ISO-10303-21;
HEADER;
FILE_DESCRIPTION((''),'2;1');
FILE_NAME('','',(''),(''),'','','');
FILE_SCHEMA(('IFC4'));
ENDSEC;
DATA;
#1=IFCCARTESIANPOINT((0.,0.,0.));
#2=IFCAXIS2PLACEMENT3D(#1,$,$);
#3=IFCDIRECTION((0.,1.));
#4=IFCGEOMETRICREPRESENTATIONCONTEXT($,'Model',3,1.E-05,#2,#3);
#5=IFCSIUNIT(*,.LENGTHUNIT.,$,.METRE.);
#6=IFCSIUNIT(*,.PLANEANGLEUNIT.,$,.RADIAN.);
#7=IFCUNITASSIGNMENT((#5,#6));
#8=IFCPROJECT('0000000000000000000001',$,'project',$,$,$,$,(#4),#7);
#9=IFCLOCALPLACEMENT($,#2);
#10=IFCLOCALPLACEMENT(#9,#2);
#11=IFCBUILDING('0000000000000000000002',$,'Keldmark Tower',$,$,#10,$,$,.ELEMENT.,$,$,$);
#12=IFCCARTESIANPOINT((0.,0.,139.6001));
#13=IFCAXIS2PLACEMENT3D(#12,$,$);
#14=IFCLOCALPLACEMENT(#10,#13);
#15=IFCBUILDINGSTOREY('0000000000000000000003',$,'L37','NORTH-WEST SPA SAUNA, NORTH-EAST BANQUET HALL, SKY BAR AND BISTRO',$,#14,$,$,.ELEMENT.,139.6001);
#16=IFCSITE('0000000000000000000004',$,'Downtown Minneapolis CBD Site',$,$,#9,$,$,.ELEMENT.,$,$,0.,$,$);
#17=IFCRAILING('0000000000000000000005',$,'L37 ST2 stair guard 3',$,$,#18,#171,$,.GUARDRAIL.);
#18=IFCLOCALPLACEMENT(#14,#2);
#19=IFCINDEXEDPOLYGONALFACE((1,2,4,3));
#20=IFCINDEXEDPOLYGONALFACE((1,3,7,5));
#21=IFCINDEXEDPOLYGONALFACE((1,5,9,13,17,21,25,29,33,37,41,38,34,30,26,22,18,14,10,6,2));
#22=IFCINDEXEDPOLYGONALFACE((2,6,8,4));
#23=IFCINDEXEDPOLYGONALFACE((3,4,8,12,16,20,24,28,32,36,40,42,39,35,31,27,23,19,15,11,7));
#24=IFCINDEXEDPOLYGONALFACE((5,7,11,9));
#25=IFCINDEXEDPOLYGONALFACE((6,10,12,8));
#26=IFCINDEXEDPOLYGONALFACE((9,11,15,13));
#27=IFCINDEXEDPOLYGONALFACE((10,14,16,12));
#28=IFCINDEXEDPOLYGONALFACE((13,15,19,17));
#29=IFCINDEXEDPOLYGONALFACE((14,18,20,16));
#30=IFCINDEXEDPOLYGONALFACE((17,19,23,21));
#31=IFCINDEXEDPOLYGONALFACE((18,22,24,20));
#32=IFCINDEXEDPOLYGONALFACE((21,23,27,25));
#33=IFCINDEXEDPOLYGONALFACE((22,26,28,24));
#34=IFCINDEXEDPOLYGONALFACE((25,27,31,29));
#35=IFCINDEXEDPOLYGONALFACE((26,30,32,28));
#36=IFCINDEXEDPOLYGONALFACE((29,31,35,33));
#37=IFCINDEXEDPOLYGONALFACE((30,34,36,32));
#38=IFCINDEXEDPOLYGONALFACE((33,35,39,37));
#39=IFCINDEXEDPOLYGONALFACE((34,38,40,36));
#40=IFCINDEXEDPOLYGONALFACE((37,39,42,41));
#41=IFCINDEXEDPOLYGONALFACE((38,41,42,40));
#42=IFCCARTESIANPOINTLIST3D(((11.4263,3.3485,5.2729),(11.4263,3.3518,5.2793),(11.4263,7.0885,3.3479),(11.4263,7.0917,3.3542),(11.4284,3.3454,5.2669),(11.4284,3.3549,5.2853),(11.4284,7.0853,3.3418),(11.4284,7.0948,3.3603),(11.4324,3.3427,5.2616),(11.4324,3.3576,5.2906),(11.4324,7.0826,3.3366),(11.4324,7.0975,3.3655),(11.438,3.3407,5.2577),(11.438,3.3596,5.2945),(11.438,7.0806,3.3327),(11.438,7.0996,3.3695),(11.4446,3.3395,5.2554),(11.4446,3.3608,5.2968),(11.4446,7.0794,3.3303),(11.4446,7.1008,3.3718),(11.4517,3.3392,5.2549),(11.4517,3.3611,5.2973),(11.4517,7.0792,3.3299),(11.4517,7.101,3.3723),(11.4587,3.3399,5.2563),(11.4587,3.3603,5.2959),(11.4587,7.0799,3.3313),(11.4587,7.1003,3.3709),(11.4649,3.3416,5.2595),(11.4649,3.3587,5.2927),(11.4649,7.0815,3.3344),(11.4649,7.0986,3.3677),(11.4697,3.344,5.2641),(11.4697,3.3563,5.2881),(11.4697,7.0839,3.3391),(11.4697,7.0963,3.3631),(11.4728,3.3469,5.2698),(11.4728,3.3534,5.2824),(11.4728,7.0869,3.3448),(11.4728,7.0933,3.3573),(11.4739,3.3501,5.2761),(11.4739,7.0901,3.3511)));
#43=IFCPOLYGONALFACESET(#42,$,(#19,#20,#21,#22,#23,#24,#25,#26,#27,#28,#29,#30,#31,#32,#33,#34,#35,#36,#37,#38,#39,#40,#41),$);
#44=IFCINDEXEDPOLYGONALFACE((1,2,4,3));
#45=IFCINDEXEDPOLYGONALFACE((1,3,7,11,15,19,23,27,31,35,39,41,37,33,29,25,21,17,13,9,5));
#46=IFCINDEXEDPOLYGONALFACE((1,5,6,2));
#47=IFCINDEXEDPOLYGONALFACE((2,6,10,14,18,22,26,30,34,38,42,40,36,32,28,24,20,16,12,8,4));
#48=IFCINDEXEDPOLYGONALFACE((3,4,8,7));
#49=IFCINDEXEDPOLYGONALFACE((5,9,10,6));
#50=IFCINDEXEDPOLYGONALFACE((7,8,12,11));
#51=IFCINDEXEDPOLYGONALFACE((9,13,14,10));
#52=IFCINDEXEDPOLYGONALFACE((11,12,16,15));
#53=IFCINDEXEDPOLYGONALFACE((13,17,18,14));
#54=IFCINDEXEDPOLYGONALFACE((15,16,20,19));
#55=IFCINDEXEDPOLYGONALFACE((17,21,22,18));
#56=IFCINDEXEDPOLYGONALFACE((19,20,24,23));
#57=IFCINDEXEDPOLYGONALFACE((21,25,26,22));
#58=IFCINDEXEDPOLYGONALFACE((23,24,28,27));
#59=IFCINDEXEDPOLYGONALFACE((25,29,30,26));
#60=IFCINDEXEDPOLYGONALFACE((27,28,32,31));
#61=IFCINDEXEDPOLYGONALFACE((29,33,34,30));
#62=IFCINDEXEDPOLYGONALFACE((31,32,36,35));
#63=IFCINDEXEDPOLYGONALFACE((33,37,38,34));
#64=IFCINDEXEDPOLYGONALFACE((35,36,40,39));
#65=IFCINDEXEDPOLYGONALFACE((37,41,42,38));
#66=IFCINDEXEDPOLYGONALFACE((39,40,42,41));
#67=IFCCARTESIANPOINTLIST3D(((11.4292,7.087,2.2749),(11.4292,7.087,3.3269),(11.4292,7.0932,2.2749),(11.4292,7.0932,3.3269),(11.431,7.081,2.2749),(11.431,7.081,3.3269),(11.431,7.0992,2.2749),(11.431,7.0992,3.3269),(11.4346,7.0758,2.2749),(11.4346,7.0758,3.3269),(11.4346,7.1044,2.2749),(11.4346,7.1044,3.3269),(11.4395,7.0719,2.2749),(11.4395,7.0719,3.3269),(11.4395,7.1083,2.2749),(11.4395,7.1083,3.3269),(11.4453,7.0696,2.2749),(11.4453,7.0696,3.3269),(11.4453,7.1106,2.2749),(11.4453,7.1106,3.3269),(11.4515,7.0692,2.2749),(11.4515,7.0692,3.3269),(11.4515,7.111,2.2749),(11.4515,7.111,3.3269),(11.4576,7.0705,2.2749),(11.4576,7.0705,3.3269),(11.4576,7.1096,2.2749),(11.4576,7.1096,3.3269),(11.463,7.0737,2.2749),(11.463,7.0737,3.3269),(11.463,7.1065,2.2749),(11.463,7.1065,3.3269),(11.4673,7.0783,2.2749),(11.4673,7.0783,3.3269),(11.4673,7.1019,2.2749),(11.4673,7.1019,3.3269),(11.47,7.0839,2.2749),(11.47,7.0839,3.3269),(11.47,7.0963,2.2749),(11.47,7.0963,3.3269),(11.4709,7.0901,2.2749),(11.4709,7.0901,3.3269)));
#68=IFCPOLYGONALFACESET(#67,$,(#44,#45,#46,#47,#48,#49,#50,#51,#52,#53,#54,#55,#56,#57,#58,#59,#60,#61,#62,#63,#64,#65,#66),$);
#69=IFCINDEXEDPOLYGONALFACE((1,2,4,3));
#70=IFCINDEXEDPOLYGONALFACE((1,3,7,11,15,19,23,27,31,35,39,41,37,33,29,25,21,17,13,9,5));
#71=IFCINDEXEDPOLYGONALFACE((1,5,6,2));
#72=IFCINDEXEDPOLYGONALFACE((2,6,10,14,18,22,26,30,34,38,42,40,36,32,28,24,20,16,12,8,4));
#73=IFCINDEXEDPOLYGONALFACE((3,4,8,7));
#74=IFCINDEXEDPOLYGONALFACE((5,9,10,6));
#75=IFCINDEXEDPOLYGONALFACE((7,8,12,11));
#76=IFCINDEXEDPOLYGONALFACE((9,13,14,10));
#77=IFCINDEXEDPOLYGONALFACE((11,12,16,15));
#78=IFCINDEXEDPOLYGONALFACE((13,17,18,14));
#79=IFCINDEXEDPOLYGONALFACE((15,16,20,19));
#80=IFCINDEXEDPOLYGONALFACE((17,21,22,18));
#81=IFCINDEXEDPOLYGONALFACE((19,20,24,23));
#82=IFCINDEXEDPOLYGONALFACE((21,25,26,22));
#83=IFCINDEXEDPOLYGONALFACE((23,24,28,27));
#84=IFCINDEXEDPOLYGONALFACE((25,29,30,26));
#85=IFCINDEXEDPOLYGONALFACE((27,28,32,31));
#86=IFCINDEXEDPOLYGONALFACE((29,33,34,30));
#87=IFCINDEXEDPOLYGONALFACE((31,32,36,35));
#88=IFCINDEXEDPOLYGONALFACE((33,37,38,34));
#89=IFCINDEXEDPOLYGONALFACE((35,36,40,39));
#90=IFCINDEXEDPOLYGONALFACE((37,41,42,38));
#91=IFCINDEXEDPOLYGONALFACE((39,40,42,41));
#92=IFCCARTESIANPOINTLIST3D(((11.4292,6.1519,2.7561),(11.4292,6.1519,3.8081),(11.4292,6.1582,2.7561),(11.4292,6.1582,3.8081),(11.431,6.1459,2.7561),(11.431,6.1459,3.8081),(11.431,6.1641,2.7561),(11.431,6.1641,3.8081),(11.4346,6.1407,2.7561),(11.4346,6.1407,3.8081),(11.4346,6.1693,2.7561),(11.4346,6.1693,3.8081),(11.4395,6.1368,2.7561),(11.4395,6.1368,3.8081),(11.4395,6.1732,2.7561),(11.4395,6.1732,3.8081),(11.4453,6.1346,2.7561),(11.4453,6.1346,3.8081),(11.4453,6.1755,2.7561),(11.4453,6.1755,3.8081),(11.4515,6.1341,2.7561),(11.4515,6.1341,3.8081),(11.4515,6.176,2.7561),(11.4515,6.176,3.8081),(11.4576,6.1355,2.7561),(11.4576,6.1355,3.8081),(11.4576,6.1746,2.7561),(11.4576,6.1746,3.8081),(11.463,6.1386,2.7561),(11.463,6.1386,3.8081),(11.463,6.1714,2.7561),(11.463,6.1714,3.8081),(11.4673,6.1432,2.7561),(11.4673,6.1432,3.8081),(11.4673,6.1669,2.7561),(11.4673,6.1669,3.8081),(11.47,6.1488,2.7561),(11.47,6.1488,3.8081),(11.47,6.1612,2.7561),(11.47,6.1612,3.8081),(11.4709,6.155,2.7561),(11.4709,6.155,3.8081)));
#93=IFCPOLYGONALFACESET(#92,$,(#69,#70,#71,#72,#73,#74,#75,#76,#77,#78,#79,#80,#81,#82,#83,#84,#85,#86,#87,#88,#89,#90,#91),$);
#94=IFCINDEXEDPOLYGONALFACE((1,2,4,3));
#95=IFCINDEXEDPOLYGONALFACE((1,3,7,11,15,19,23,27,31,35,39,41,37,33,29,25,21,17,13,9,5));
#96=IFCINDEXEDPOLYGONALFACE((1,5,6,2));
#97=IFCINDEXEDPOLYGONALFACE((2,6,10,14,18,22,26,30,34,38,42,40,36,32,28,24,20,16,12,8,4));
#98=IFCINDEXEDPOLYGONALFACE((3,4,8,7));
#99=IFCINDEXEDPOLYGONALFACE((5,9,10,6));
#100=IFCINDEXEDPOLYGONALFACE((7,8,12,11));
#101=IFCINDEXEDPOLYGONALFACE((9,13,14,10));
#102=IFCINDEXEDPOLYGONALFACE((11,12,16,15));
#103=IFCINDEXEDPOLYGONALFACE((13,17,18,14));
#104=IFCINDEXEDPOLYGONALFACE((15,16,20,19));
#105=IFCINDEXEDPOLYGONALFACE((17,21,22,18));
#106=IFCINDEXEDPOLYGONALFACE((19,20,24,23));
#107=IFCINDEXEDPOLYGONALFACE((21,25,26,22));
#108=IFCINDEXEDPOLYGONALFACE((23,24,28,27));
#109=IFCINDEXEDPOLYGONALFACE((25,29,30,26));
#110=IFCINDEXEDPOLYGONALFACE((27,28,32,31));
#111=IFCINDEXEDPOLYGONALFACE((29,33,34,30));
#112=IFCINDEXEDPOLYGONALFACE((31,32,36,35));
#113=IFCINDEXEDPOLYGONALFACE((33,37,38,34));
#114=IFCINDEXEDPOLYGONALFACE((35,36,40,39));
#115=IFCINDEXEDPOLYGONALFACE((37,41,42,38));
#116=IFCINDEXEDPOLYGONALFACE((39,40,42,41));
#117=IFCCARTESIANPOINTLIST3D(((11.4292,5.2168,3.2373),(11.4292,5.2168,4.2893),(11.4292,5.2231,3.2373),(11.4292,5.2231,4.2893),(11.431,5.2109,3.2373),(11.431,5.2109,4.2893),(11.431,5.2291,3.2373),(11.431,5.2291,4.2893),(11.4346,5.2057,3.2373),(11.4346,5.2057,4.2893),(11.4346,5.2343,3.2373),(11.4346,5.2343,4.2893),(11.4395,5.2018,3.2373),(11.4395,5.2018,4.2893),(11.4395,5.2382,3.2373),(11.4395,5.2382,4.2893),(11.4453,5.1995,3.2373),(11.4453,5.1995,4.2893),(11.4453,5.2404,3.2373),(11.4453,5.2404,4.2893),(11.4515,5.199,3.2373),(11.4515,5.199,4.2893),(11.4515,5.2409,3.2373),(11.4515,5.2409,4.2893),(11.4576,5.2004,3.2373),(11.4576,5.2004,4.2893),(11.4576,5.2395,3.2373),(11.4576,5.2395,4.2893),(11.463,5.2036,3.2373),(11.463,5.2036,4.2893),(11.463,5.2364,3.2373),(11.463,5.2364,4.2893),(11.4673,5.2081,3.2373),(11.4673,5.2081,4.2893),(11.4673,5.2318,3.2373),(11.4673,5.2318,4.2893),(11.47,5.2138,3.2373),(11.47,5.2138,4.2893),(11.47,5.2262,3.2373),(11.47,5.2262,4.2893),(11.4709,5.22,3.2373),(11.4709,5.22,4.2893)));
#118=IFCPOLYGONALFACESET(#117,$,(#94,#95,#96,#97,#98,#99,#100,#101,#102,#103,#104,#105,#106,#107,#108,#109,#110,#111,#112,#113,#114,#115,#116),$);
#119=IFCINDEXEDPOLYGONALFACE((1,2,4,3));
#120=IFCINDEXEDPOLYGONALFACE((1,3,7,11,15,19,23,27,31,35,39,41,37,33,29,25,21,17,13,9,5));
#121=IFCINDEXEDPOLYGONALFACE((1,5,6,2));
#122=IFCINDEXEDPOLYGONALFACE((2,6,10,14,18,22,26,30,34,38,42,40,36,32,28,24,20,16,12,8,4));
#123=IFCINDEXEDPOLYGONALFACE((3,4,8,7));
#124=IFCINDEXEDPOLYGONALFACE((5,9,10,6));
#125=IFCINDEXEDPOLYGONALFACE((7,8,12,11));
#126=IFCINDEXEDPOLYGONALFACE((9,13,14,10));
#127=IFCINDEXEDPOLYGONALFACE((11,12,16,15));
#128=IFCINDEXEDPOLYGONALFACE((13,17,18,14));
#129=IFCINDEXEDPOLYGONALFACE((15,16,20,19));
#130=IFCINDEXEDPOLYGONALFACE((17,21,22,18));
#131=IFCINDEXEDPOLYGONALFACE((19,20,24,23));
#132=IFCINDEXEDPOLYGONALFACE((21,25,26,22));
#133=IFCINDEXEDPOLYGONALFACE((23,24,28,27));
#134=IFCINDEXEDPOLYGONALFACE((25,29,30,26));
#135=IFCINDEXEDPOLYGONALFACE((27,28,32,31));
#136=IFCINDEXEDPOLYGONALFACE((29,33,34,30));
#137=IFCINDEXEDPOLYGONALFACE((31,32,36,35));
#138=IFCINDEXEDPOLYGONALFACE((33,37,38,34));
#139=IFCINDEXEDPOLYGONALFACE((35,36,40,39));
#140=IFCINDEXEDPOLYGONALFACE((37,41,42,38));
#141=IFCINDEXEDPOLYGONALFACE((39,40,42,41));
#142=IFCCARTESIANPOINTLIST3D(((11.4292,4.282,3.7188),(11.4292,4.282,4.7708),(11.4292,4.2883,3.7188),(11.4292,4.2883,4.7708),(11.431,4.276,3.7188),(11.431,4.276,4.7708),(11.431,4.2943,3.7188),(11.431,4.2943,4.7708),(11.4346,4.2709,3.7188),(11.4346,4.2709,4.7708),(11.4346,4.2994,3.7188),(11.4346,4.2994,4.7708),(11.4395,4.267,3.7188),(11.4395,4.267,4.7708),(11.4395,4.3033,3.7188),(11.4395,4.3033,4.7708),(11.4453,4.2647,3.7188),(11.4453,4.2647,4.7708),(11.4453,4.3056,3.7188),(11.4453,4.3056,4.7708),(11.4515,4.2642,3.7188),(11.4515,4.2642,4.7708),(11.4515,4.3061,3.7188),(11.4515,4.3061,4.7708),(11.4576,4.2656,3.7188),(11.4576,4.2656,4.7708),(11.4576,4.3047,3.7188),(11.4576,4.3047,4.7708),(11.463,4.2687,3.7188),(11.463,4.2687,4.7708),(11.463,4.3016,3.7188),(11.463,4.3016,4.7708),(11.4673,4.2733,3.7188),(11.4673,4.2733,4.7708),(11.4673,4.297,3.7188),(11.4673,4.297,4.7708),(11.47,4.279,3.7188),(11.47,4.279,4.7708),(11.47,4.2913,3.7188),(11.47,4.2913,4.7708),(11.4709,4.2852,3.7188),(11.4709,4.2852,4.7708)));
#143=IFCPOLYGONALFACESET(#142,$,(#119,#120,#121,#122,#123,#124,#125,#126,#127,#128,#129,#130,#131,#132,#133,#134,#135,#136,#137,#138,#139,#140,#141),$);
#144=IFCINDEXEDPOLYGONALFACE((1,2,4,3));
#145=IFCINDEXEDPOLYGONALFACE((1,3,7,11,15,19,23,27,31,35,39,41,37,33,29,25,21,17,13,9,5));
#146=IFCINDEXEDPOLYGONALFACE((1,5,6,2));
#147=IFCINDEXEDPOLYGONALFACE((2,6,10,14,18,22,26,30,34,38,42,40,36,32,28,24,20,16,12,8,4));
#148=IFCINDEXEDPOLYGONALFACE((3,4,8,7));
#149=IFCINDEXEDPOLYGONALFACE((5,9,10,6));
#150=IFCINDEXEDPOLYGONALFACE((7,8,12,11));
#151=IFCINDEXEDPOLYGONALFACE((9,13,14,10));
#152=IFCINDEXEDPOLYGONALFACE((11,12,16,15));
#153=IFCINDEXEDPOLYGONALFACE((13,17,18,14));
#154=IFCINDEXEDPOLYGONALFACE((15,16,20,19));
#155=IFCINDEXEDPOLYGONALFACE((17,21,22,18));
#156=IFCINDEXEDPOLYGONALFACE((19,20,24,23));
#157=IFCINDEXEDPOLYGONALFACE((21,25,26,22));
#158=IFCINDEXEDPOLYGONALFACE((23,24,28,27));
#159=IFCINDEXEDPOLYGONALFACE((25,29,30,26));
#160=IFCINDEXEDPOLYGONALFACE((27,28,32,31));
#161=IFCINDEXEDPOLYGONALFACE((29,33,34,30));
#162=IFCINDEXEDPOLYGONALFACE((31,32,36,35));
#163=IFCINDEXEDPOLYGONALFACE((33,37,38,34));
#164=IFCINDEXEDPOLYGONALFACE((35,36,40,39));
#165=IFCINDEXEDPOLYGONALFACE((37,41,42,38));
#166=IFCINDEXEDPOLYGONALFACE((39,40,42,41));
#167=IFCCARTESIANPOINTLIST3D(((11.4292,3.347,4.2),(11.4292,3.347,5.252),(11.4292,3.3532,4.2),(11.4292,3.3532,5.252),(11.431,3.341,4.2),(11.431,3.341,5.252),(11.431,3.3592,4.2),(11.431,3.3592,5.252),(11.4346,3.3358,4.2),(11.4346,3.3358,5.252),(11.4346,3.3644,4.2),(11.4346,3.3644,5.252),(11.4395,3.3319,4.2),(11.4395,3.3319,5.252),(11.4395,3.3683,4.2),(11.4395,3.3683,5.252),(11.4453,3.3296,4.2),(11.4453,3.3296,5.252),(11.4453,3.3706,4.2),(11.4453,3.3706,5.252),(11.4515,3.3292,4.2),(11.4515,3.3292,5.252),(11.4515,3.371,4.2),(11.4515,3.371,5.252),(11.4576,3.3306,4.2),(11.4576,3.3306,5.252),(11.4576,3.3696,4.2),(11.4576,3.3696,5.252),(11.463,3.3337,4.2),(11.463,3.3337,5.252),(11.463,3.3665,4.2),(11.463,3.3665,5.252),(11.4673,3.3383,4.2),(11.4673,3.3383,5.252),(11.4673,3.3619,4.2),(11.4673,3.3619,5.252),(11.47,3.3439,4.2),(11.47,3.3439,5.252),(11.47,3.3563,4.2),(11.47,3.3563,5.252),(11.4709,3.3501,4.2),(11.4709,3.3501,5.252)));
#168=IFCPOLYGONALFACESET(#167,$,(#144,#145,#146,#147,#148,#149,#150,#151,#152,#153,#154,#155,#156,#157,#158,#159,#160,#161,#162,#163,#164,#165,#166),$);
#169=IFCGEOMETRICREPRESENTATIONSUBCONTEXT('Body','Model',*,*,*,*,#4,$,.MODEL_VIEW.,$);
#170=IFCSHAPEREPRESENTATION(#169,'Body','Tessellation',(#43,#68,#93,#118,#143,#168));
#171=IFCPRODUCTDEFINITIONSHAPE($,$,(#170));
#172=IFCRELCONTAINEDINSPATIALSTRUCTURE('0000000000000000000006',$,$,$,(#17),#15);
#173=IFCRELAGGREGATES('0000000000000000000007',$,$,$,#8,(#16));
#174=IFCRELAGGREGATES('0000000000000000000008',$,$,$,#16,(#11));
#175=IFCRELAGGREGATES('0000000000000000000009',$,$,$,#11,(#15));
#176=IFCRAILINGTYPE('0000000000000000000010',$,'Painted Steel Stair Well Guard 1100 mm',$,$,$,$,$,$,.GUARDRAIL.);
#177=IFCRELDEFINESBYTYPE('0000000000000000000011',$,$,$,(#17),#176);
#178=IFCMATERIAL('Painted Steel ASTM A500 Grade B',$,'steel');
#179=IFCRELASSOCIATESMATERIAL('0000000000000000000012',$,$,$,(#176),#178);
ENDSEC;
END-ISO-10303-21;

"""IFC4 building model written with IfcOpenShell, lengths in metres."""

from ifc_helpers import new_model, si_unit, direction, frame, origin, origin_2d, place, context, subcontext, project, spatial, circle, extrude, material, type_object, element, save


model = new_model("IFC4")

# Units and contexts
model_context = context("Model", 3, precision=1e-05, world=origin(), true_north=direction((0.0, 1.0)))
body_context = subcontext(model_context, "Body", "Model", "MODEL_VIEW")
ifc_project = project(units=[si_unit("LENGTHUNIT", "METRE"), si_unit("PLANEANGLEUNIT", "RADIAN")], contexts=[model_context])

# Site, building, storey
site_placement = place(None, origin())
site = spatial("IfcSite", under=ifc_project, at=site_placement, Name="Downtown Minneapolis CBD Site", CompositionType="ELEMENT", RefElevation=0.0)
building_placement = place(site_placement, origin())
building = spatial("IfcBuilding", under=site, at=building_placement, Name="Keldmark Tower", CompositionType="ELEMENT")
storey_placement = place(building_placement, frame((0.0, 0.0, 139.6001)))
storey = spatial("IfcBuildingStorey", under=building, at=storey_placement, Name="L37", Description="NORTH-WEST SPA SAUNA, NORTH-EAST BANQUET HALL, SKY BAR AND BISTRO", CompositionType="ELEMENT", Elevation=139.6001)

# Railing
ifc_material_1 = material(Name="Painted Steel ASTM A500 Grade B", Category="steel")
railing_type_1 = type_object("IfcRailingType", Name="Painted Steel Stair Well Guard 1100 mm", PredefinedType="GUARDRAIL", material=ifc_material_1)
railing_1_placement = place(storey_placement, frame((11.45, 7.0901, 2.2749)))
element("IfcRailing", 1, at=railing_1_placement, inside=storey, type_object=railing_type_1, Name="L37 ST2 stair guard 3", PredefinedType="GUARDRAIL", context=body_context, shape_type="SweptSolid", body=[
    extrude(circle(Radius=0.0239, at=origin_2d()), frame((0.0, 0.0, 1.0762), z_axis=(0.0, -0.889131, 0.457654), x_axis=(1.0, 0.0, 0.0)), (0.0, 0.0, 1.0), 4.2063),
    extrude(circle(Radius=0.021, at=origin_2d()), origin(), (0.0, 0.0, 1.0), 1.052),
    extrude(circle(Radius=0.021, at=origin_2d()), frame((0.0, -0.9351, 0.4812)), (0.0, 0.0, 1.0), 1.052),
    extrude(circle(Radius=0.021, at=origin_2d()), frame((0.0, -1.8701, 0.9624)), (0.0, 0.0, 1.0), 1.052),
    extrude(circle(Radius=0.021, at=origin_2d()), frame((0.0, -2.8049, 1.4438)), (0.0, 0.0, 1.0), 1.052),
    extrude(circle(Radius=0.021, at=origin_2d()), frame((0.0, -3.74, 1.925)), (0.0, 0.0, 1.0), 1.052),
])

save(model, "model.ifc")
